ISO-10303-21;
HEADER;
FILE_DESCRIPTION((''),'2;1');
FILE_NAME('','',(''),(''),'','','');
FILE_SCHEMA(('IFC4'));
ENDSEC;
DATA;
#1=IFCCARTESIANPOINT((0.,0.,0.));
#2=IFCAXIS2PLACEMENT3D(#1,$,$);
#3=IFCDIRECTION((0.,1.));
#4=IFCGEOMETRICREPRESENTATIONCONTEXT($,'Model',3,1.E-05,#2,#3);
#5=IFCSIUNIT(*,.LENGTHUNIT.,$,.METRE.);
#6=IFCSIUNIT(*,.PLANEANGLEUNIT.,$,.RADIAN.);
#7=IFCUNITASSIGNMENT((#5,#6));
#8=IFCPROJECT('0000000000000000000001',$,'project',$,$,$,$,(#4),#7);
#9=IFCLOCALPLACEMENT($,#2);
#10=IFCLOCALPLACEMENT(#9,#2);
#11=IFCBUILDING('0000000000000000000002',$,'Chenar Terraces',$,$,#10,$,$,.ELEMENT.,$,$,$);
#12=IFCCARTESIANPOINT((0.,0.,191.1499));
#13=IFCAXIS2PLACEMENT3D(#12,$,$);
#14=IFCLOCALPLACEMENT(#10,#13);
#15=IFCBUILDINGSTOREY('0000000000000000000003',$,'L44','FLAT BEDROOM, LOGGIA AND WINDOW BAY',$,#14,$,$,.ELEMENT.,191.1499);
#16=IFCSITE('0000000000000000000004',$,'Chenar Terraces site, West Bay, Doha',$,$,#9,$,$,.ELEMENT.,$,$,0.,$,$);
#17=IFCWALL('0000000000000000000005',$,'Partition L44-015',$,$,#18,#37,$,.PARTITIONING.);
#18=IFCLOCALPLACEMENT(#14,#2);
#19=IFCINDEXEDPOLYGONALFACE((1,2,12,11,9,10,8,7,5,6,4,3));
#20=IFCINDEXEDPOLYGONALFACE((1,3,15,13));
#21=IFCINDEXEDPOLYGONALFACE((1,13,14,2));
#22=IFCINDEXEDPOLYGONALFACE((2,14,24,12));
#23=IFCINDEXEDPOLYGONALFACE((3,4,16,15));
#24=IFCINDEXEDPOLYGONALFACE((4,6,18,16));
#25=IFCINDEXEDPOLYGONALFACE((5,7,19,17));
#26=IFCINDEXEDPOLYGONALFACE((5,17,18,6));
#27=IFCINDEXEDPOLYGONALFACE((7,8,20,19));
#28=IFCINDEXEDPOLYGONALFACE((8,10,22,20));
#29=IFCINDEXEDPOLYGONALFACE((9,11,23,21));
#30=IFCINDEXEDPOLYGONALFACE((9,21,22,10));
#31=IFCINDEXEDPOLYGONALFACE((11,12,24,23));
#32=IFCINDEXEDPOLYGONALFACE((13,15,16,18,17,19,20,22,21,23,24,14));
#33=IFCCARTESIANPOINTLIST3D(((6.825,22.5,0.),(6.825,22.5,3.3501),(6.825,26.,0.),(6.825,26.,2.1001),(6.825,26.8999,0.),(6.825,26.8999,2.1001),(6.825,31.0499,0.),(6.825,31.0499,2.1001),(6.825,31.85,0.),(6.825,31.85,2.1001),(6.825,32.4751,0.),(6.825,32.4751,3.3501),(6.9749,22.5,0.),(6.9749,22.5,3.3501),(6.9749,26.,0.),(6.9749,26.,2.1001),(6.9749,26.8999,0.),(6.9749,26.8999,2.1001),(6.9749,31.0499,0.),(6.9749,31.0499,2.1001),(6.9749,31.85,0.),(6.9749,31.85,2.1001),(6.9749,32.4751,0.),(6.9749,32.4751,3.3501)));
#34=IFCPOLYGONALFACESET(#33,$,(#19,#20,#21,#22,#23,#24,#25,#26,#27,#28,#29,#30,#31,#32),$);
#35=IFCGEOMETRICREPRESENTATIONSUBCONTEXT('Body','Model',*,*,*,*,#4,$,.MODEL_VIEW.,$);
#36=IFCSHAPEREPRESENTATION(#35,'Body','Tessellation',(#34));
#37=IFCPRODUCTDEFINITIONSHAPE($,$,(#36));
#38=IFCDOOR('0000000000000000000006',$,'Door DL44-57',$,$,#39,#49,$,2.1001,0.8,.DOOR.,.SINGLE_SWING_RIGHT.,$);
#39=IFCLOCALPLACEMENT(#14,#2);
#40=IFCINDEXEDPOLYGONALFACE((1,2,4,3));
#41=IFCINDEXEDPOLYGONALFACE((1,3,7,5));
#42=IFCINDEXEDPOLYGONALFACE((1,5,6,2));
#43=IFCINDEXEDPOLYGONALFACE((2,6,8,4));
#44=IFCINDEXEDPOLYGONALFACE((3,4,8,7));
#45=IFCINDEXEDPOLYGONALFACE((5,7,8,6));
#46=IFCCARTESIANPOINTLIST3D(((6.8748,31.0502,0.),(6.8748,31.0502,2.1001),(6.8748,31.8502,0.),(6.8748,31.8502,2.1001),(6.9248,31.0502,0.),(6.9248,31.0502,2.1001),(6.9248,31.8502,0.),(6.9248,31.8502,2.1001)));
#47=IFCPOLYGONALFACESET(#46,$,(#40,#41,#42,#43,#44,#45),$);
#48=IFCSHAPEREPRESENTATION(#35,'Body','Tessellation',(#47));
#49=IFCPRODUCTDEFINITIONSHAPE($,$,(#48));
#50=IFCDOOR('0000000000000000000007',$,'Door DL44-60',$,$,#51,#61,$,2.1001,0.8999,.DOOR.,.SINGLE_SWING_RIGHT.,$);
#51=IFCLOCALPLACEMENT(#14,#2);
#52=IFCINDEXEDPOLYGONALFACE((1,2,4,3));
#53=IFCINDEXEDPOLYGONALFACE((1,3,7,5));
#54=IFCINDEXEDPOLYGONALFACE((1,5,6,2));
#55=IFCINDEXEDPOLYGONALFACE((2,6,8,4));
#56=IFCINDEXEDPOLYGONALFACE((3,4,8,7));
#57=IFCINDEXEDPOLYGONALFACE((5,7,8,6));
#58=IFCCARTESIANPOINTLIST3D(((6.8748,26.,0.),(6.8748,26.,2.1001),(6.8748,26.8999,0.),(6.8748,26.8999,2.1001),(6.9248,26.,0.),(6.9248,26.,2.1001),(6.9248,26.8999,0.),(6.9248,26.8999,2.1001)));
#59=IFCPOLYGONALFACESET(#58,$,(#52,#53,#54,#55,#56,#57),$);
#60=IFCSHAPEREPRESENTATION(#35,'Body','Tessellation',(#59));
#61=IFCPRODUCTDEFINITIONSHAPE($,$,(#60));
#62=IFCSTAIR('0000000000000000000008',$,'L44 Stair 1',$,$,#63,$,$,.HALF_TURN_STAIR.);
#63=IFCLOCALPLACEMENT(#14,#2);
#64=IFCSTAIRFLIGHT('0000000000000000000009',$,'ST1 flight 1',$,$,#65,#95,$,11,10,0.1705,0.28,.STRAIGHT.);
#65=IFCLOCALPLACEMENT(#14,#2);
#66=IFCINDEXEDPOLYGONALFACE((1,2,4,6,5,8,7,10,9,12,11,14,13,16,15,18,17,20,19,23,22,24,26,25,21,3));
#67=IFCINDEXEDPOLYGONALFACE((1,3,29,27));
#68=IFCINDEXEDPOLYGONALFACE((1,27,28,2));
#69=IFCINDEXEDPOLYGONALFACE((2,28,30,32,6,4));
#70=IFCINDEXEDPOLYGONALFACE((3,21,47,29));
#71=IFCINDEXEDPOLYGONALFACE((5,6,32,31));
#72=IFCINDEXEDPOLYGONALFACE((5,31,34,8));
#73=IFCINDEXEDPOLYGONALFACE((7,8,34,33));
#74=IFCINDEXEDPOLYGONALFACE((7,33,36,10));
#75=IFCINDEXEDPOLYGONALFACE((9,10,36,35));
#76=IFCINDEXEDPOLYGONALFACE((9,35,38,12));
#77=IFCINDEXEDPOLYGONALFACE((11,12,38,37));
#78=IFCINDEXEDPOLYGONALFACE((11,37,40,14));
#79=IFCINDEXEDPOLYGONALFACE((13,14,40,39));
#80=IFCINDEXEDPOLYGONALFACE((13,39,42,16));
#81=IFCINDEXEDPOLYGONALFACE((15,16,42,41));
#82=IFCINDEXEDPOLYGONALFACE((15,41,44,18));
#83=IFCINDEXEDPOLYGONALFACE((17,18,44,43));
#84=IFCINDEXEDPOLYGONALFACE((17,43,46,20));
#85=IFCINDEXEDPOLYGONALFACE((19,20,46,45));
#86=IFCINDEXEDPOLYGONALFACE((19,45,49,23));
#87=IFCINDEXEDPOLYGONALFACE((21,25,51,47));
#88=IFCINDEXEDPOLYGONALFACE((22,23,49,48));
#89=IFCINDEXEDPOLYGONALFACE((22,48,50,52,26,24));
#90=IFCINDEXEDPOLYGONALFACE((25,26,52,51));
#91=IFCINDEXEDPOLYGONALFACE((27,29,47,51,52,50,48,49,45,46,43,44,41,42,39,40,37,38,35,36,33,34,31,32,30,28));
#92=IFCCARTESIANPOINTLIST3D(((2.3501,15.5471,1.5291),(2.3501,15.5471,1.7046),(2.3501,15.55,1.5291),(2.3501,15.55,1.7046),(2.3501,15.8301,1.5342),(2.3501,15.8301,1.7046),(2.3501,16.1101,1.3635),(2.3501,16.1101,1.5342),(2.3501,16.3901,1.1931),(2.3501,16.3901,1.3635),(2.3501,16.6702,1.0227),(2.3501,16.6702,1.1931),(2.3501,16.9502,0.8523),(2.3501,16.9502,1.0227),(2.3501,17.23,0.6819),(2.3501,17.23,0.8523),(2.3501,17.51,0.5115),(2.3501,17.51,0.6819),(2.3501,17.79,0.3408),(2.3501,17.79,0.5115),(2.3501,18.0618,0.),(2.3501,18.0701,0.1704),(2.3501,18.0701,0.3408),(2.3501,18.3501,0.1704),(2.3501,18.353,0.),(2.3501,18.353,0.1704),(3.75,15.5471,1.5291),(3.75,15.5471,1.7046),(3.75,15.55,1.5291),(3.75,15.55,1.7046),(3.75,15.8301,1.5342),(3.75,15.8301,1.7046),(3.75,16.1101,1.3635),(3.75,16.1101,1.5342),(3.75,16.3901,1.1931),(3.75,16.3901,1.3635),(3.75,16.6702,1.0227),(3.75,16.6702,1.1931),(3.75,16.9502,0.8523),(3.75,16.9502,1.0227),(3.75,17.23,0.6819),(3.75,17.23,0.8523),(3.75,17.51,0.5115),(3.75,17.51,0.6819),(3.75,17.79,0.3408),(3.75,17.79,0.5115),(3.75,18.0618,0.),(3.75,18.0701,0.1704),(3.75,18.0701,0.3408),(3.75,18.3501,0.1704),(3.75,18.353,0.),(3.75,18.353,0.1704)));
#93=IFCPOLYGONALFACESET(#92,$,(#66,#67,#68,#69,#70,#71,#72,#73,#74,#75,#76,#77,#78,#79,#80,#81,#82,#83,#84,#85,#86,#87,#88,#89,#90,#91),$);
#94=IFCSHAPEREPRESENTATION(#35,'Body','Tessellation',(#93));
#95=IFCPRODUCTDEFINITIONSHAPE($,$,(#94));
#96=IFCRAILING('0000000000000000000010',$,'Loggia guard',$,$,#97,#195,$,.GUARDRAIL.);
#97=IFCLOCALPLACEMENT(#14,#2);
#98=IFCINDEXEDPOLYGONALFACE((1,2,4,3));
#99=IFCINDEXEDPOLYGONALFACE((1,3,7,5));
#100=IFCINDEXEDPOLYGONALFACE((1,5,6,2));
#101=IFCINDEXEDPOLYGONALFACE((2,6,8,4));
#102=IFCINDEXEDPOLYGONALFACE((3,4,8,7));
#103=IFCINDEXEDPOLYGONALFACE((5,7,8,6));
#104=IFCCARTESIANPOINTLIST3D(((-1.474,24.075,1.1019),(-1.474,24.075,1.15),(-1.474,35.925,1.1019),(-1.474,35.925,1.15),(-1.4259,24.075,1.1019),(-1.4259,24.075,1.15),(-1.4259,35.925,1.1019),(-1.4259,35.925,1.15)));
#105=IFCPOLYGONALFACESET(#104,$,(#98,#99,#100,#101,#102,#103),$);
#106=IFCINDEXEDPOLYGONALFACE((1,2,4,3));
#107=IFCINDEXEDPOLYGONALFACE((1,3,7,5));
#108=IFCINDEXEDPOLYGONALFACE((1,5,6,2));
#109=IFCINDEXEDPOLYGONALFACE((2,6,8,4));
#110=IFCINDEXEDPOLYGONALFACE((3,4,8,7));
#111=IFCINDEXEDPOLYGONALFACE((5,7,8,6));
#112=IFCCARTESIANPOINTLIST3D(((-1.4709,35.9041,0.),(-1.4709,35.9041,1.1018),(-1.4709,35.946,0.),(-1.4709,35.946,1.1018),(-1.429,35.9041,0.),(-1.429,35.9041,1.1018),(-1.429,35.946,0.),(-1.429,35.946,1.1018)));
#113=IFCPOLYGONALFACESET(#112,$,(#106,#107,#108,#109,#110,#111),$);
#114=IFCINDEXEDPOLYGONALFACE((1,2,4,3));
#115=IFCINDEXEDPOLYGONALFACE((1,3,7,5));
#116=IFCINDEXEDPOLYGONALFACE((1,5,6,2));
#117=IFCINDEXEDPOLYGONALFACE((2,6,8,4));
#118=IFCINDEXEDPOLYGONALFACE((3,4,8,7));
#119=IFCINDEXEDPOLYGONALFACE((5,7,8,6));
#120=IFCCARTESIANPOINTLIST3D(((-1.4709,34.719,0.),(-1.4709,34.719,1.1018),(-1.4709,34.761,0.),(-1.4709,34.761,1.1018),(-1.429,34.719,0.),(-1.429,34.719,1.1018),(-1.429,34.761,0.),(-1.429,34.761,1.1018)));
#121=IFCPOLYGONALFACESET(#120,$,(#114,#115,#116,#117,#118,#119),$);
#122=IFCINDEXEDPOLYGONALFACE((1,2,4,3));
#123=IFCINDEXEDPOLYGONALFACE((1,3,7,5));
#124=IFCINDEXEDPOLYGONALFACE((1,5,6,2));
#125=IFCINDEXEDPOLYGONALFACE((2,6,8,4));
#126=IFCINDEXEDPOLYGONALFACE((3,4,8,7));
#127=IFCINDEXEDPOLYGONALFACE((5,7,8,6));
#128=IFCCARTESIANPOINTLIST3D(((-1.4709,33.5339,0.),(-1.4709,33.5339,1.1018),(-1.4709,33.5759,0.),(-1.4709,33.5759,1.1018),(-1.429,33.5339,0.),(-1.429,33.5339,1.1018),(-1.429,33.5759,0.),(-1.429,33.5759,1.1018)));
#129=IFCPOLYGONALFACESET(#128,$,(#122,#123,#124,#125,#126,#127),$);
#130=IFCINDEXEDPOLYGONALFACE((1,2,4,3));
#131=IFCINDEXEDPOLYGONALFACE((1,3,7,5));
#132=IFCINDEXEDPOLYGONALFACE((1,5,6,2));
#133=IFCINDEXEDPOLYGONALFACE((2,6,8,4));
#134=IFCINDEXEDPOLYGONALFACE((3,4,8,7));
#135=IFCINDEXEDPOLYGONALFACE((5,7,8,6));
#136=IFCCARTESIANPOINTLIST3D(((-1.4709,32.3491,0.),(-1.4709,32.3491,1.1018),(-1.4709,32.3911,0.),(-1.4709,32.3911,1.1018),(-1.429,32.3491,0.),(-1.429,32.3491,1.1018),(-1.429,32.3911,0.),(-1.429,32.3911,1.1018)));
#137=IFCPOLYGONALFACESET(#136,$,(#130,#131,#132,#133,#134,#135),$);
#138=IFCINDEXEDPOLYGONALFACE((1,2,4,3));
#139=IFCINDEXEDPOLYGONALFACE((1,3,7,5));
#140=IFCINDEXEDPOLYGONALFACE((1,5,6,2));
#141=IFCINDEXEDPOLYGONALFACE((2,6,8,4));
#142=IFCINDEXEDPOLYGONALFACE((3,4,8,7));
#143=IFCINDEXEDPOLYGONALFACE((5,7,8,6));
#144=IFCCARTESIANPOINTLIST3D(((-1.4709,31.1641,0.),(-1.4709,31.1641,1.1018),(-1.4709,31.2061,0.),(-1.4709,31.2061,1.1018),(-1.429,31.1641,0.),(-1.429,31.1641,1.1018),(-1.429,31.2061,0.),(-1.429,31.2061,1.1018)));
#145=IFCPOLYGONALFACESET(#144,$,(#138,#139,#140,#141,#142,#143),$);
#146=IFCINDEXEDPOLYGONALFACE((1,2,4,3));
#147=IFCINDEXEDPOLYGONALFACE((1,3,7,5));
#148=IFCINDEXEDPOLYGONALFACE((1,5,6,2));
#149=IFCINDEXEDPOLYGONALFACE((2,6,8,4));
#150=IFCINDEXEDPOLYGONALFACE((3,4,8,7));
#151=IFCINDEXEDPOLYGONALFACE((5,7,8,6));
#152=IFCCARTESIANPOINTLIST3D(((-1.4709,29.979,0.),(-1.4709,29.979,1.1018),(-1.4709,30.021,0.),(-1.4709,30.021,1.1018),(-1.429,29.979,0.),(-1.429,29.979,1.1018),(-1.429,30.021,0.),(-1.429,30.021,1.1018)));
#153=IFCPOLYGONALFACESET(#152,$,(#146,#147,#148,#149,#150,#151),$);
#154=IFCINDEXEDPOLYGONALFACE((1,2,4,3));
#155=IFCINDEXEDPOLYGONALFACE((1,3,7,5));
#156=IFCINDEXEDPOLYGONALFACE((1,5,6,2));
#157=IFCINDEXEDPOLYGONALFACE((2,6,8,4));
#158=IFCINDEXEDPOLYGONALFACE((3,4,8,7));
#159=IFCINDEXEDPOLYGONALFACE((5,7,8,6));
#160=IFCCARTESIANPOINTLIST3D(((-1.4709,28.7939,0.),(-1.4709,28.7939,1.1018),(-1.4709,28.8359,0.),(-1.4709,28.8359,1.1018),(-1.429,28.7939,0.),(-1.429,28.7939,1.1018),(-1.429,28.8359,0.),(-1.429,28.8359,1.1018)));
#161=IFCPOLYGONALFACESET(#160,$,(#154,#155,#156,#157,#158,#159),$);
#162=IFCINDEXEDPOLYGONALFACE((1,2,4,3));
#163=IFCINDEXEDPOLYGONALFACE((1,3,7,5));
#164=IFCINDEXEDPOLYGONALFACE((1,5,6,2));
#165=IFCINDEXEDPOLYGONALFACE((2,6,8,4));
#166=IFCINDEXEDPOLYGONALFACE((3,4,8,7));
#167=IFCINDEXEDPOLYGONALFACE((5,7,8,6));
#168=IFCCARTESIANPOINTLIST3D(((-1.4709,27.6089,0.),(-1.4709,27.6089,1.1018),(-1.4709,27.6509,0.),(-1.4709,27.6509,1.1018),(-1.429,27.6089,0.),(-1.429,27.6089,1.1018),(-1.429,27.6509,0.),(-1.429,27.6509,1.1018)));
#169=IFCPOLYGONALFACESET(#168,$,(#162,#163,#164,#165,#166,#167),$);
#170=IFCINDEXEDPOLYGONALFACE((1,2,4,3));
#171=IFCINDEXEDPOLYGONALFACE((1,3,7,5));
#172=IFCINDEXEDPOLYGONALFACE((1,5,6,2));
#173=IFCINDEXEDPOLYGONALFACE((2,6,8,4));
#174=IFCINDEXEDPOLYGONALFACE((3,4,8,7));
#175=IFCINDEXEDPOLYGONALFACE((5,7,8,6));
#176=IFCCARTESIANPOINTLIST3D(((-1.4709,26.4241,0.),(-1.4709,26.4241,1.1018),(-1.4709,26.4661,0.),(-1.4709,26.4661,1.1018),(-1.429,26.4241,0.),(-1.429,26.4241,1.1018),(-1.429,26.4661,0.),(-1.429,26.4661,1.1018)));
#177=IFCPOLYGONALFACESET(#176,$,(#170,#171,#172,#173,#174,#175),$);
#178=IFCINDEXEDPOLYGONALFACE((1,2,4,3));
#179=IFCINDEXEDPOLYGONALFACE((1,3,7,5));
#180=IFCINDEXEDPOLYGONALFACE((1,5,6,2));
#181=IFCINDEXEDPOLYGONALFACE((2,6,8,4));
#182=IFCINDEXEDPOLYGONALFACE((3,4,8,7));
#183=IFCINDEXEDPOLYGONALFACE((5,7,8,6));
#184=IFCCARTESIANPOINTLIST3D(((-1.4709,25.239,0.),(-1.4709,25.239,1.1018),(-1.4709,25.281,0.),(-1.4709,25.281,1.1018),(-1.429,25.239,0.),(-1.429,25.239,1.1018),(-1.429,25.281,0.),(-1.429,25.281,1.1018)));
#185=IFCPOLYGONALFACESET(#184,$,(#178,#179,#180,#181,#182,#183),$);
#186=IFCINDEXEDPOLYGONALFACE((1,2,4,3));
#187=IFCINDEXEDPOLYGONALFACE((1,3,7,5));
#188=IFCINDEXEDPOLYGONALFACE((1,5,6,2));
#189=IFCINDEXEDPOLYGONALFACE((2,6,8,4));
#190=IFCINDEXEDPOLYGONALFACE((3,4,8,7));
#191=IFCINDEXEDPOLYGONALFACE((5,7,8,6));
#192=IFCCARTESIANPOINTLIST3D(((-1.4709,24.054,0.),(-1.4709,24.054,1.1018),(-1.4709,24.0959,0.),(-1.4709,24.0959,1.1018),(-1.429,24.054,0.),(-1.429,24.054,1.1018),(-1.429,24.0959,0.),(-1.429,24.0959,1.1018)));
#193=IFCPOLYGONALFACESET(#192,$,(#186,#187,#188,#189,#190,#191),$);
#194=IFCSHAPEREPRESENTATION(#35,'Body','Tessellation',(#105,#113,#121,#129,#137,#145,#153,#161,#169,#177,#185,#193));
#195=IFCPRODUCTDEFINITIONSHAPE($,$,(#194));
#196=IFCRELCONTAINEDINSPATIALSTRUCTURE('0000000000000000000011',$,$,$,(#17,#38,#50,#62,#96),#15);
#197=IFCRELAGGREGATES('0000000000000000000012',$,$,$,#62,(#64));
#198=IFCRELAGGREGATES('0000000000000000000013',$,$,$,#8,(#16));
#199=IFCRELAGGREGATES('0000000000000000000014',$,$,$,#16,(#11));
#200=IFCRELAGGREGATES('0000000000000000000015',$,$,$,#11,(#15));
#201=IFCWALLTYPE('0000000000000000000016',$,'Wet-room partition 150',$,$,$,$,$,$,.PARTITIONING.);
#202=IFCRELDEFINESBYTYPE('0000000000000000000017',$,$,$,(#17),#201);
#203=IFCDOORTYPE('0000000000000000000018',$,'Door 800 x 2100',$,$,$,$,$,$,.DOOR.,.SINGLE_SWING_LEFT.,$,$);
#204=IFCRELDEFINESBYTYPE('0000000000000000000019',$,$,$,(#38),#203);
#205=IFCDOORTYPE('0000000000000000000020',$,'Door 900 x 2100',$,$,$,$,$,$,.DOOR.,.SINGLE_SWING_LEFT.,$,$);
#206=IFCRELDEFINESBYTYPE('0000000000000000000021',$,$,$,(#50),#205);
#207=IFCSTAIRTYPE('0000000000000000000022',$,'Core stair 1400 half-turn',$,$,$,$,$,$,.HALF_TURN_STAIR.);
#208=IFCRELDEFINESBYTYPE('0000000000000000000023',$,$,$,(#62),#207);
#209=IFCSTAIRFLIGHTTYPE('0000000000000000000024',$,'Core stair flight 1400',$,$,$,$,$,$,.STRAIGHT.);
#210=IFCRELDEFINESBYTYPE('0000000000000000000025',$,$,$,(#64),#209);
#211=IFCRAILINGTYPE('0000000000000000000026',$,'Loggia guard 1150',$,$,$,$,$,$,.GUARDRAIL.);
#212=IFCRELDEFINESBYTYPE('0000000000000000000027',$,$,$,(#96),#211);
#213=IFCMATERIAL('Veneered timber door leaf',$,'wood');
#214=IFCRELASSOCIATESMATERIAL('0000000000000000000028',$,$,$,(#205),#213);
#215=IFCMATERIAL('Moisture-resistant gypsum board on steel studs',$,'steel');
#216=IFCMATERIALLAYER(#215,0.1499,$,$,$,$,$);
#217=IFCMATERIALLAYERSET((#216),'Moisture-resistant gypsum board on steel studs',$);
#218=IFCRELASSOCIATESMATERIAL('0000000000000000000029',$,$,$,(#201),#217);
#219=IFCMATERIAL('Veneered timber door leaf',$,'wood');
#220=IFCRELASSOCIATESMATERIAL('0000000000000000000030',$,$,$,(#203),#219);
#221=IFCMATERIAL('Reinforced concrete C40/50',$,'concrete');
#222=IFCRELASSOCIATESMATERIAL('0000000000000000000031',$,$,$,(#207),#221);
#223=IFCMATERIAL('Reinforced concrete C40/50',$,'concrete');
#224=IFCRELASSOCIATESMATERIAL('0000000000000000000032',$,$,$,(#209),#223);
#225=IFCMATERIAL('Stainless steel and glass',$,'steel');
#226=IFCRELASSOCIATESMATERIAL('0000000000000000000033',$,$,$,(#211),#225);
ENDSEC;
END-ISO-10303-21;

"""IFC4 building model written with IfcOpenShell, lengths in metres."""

from ifc_helpers import new_model, si_unit, direction, frame, frame_2d, origin, origin_2d, place, context, subcontext, project, spatial, polyline, rectangle, outline, extrude, material, layer, layer_set, type_object, element, fill, aggregate, save


model = new_model("IFC4")

# Units and contexts
model_context = context("Model", 3, precision=1e-05, world=origin(), true_north=direction((0.0, 1.0)))
body_context = subcontext(model_context, "Body", "Model", "MODEL_VIEW")
ifc_project = project(units=[si_unit("LENGTHUNIT", "METRE"), si_unit("PLANEANGLEUNIT", "RADIAN")], contexts=[model_context])

# Site, building, storey
site_placement = place(None, origin())
site = spatial("IfcSite", under=ifc_project, at=site_placement, Name="Chenar Terraces site, West Bay, Doha", CompositionType="ELEMENT", RefElevation=0.0)
building_placement = place(site_placement, origin())
building = spatial("IfcBuilding", under=site, at=building_placement, Name="Chenar Terraces", CompositionType="ELEMENT")
storey_placement = place(building_placement, frame((0.0, 0.0, 191.1499)))
storey = spatial("IfcBuildingStorey", under=building, at=storey_placement, Name="L44", Description="FLAT BEDROOM, LOGGIA AND WINDOW BAY", CompositionType="ELEMENT", Elevation=191.1499)

# Shared definitions
ifc_material_1 = material(Name="Veneered timber door leaf", Category="wood")
door_type_1 = type_object("IfcDoorType", Name="Door 900 x 2100", OperationType="SINGLE_SWING_LEFT", PredefinedType="DOOR", material=ifc_material_1)

# Wall, openings, doors
ifc_material_2 = material(Name="Moisture-resistant gypsum board on steel studs", Category="steel")
ifc_layer_1 = layer(ifc_material_2, 0.1499)
ifc_layer_set_1 = layer_set([ifc_layer_1], Name="Moisture-resistant gypsum board on steel studs")
wall_type_1 = type_object("IfcWallType", Name="Wet-room partition 150", PredefinedType="PARTITIONING", material=ifc_layer_set_1)
wall_1_placement = place(storey_placement, frame((6.8999, 22.5, 0.0), z_axis=(0.0, 0.0, 1.0), x_axis=(0.0, 1.0, 0.0)))
wall_1 = element("IfcWall", 1, at=wall_1_placement, inside=storey, type_object=wall_type_1, Name="Partition L44-015", PredefinedType="PARTITIONING", context=body_context, shape_type="SweptSolid", body=[
    extrude(rectangle(XDim=9.9751, YDim=0.1499, at=frame_2d((4.9875, 0.0))), origin(), (0.0, 0.0, 1.0), 3.3501),
])
opening_1_placement = place(wall_1_placement, frame((8.55, 0.0, 0.0)))
opening_1 = element("IfcOpeningElement", 2, at=opening_1_placement, cuts=wall_1, PredefinedType="OPENING", context=body_context, shape_type="SweptSolid", body=[
    extrude(rectangle(XDim=0.8, YDim=2.1001, at=frame_2d((0.3999, 1.05))), frame((0.0, 0.085, 0.0), z_axis=(0.0, -1.0, 0.0), x_axis=(1.0, 0.0, 0.0)), (0.0, 0.0, 1.0), 0.1699),
])
opening_2_placement = place(wall_1_placement, frame((3.5, 0.0, 0.0)))
opening_2 = element("IfcOpeningElement", 3, at=opening_2_placement, cuts=wall_1, PredefinedType="OPENING", context=body_context, shape_type="SweptSolid", body=[
    extrude(rectangle(XDim=0.8999, YDim=2.1001, at=frame_2d((0.45, 1.05))), frame((0.0, 0.085, 0.0), z_axis=(0.0, -1.0, 0.0), x_axis=(1.0, 0.0, 0.0)), (0.0, 0.0, 1.0), 0.1699),
])
ifc_material_3 = material(Name="Veneered timber door leaf", Category="wood")
door_type_2 = type_object("IfcDoorType", Name="Door 800 x 2100", OperationType="SINGLE_SWING_LEFT", PredefinedType="DOOR", material=ifc_material_3)
door_1_placement = place(opening_1_placement, frame((0.8, 0.0, 0.0), z_axis=(0.0, 0.0, 1.0), x_axis=(-1.0, 0.0, 0.0)))
door_1 = element("IfcDoor", 4, at=door_1_placement, inside=storey, type_object=door_type_2, Name="Door DL44-57", OperationType="SINGLE_SWING_RIGHT", OverallHeight=2.1001, OverallWidth=0.8, PredefinedType="DOOR", context=body_context, shape_type="SweptSolid", body=[
    extrude(rectangle(XDim=0.8, YDim=2.1001, at=frame_2d((0.3999, 1.05))), frame((0.0, 0.0249, 0.0), z_axis=(0.0, -1.0, 0.0), x_axis=(1.0, 0.0, 0.0)), (0.0, 0.0, 1.0), 0.05),
])
fill(opening_1, door_1)
door_2_placement = place(opening_2_placement, frame((0.8999, 0.0, 0.0), z_axis=(0.0, 0.0, 1.0), x_axis=(-1.0, 0.0, 0.0)))
door_2 = element("IfcDoor", 5, at=door_2_placement, inside=storey, type_object=door_type_1, Name="Door DL44-60", OperationType="SINGLE_SWING_RIGHT", OverallHeight=2.1001, OverallWidth=0.8999, PredefinedType="DOOR", context=body_context, shape_type="SweptSolid", body=[
    extrude(rectangle(XDim=0.8999, YDim=2.1001, at=frame_2d((0.45, 1.05))), frame((0.0, 0.0249, 0.0), z_axis=(0.0, -1.0, 0.0), x_axis=(1.0, 0.0, 0.0)), (0.0, 0.0, 1.0), 0.05),
])
fill(opening_2, door_2)

# Stair, stair flight
ifc_material_4 = material(Name="Reinforced concrete C40/50", Category="concrete")
stair_type = type_object("IfcStairType", Name="Core stair 1400 half-turn", PredefinedType="HALF_TURN_STAIR", material=ifc_material_4)
stair_placement = place(storey_placement, origin())
stair = element("IfcStair", 6, at=stair_placement, inside=storey, type_object=stair_type, Name="L44 Stair 1", PredefinedType="HALF_TURN_STAIR")
ifc_material_5 = material(Name="Reinforced concrete C40/50", Category="concrete")
stair_flight_type = type_object("IfcStairFlightType", Name="Core stair flight 1400", PredefinedType="STRAIGHT", material=ifc_material_5)
stair_flight_placement = place(storey_placement, frame((3.05, 18.3501, 0.0), z_axis=(0.0, 0.0, 1.0), x_axis=(0.0, -1.0, 0.0)))
stair_flight = element("IfcStairFlight", 7, at=stair_flight_placement, type_object=stair_flight_type, Name="ST1 flight 1", NumberOfRisers=11, NumberOfTreads=10, PredefinedType="STRAIGHT", RiserHeight=0.1705, TreadLength=0.28, context=body_context, shape_type="SweptSolid", body=[
    extrude(outline(polyline([(-0.0029, 0.0), (-0.0029, 0.1704), (0.0, 0.1704), (0.28, 0.1704), (0.28, 0.3408), (0.5601, 0.3408), (0.5601, 0.5115), (0.8401, 0.5115), (0.8401, 0.6819), (1.1201, 0.6819), (1.1201, 0.8523), (1.3999, 0.8523), (1.3999, 1.0227), (1.6799, 1.0227), (1.6799, 1.1931), (1.96, 1.1931), (1.96, 1.3635), (2.24, 1.3635), (2.24, 1.5342), (2.52, 1.5342), (2.52, 1.7046), (2.8, 1.7046), (2.803, 1.7046), (2.803, 1.5291), (2.8, 1.5291), (0.2883, 0.0), (-0.0029, 0.0)])), frame((0.0, 0.7, 0.0), z_axis=(0.0, -1.0, 0.0), x_axis=(1.0, 0.0, 0.0)), (0.0, 0.0, 1.0), 1.3999),
])
aggregate(stair, [stair_flight])

# Railing
ifc_material_6 = material(Name="Stainless steel and glass", Category="steel")
railing_type_1 = type_object("IfcRailingType", Name="Loggia guard 1150", PredefinedType="GUARDRAIL", material=ifc_material_6)
railing_1_placement = place(storey_placement, frame((-1.45, 35.925, 0.0)))
element("IfcRailing", 8, at=railing_1_placement, inside=storey, type_object=railing_type_1, Name="Loggia guard", PredefinedType="GUARDRAIL", context=body_context, shape_type="SweptSolid", body=[
    extrude(rectangle(XDim=0.0481, YDim=0.0481, at=origin_2d()), frame((0.0, 0.0, 1.126), z_axis=(0.0, -1.0, 0.0), x_axis=(1.0, 0.0, 0.0)), (0.0, 0.0, 1.0), 11.8501),
    extrude(rectangle(XDim=0.042, YDim=0.042, at=origin_2d()), origin(), (0.0, 0.0, 1.0), 1.1018),
    extrude(rectangle(XDim=0.042, YDim=0.042, at=origin_2d()), frame((0.0, -1.1851, 0.0)), (0.0, 0.0, 1.0), 1.1018),
    extrude(rectangle(XDim=0.042, YDim=0.042, at=origin_2d()), frame((0.0, -2.3701, 0.0)), (0.0, 0.0, 1.0), 1.1018),
    extrude(rectangle(XDim=0.042, YDim=0.042, at=origin_2d()), frame((0.0, -3.5549, 0.0)), (0.0, 0.0, 1.0), 1.1018),
    extrude(rectangle(XDim=0.042, YDim=0.042, at=origin_2d()), frame((0.0, -4.74, 0.0)), (0.0, 0.0, 1.0), 1.1018),
    extrude(rectangle(XDim=0.042, YDim=0.042, at=origin_2d()), frame((0.0, -5.925, 0.0)), (0.0, 0.0, 1.0), 1.1018),
    extrude(rectangle(XDim=0.042, YDim=0.042, at=origin_2d()), frame((0.0, -7.1101, 0.0)), (0.0, 0.0, 1.0), 1.1018),
    extrude(rectangle(XDim=0.042, YDim=0.042, at=origin_2d()), frame((0.0, -8.2952, 0.0)), (0.0, 0.0, 1.0), 1.1018),
    extrude(rectangle(XDim=0.042, YDim=0.042, at=origin_2d()), frame((0.0, -9.48, 0.0)), (0.0, 0.0, 1.0), 1.1018),
    extrude(rectangle(XDim=0.042, YDim=0.042, at=origin_2d()), frame((0.0, -10.665, 0.0)), (0.0, 0.0, 1.0), 1.1018),
    extrude(rectangle(XDim=0.042, YDim=0.042, at=origin_2d()), frame((0.0, -11.8501, 0.0)), (0.0, 0.0, 1.0), 1.1018),
])

save(model, "model.ifc")
